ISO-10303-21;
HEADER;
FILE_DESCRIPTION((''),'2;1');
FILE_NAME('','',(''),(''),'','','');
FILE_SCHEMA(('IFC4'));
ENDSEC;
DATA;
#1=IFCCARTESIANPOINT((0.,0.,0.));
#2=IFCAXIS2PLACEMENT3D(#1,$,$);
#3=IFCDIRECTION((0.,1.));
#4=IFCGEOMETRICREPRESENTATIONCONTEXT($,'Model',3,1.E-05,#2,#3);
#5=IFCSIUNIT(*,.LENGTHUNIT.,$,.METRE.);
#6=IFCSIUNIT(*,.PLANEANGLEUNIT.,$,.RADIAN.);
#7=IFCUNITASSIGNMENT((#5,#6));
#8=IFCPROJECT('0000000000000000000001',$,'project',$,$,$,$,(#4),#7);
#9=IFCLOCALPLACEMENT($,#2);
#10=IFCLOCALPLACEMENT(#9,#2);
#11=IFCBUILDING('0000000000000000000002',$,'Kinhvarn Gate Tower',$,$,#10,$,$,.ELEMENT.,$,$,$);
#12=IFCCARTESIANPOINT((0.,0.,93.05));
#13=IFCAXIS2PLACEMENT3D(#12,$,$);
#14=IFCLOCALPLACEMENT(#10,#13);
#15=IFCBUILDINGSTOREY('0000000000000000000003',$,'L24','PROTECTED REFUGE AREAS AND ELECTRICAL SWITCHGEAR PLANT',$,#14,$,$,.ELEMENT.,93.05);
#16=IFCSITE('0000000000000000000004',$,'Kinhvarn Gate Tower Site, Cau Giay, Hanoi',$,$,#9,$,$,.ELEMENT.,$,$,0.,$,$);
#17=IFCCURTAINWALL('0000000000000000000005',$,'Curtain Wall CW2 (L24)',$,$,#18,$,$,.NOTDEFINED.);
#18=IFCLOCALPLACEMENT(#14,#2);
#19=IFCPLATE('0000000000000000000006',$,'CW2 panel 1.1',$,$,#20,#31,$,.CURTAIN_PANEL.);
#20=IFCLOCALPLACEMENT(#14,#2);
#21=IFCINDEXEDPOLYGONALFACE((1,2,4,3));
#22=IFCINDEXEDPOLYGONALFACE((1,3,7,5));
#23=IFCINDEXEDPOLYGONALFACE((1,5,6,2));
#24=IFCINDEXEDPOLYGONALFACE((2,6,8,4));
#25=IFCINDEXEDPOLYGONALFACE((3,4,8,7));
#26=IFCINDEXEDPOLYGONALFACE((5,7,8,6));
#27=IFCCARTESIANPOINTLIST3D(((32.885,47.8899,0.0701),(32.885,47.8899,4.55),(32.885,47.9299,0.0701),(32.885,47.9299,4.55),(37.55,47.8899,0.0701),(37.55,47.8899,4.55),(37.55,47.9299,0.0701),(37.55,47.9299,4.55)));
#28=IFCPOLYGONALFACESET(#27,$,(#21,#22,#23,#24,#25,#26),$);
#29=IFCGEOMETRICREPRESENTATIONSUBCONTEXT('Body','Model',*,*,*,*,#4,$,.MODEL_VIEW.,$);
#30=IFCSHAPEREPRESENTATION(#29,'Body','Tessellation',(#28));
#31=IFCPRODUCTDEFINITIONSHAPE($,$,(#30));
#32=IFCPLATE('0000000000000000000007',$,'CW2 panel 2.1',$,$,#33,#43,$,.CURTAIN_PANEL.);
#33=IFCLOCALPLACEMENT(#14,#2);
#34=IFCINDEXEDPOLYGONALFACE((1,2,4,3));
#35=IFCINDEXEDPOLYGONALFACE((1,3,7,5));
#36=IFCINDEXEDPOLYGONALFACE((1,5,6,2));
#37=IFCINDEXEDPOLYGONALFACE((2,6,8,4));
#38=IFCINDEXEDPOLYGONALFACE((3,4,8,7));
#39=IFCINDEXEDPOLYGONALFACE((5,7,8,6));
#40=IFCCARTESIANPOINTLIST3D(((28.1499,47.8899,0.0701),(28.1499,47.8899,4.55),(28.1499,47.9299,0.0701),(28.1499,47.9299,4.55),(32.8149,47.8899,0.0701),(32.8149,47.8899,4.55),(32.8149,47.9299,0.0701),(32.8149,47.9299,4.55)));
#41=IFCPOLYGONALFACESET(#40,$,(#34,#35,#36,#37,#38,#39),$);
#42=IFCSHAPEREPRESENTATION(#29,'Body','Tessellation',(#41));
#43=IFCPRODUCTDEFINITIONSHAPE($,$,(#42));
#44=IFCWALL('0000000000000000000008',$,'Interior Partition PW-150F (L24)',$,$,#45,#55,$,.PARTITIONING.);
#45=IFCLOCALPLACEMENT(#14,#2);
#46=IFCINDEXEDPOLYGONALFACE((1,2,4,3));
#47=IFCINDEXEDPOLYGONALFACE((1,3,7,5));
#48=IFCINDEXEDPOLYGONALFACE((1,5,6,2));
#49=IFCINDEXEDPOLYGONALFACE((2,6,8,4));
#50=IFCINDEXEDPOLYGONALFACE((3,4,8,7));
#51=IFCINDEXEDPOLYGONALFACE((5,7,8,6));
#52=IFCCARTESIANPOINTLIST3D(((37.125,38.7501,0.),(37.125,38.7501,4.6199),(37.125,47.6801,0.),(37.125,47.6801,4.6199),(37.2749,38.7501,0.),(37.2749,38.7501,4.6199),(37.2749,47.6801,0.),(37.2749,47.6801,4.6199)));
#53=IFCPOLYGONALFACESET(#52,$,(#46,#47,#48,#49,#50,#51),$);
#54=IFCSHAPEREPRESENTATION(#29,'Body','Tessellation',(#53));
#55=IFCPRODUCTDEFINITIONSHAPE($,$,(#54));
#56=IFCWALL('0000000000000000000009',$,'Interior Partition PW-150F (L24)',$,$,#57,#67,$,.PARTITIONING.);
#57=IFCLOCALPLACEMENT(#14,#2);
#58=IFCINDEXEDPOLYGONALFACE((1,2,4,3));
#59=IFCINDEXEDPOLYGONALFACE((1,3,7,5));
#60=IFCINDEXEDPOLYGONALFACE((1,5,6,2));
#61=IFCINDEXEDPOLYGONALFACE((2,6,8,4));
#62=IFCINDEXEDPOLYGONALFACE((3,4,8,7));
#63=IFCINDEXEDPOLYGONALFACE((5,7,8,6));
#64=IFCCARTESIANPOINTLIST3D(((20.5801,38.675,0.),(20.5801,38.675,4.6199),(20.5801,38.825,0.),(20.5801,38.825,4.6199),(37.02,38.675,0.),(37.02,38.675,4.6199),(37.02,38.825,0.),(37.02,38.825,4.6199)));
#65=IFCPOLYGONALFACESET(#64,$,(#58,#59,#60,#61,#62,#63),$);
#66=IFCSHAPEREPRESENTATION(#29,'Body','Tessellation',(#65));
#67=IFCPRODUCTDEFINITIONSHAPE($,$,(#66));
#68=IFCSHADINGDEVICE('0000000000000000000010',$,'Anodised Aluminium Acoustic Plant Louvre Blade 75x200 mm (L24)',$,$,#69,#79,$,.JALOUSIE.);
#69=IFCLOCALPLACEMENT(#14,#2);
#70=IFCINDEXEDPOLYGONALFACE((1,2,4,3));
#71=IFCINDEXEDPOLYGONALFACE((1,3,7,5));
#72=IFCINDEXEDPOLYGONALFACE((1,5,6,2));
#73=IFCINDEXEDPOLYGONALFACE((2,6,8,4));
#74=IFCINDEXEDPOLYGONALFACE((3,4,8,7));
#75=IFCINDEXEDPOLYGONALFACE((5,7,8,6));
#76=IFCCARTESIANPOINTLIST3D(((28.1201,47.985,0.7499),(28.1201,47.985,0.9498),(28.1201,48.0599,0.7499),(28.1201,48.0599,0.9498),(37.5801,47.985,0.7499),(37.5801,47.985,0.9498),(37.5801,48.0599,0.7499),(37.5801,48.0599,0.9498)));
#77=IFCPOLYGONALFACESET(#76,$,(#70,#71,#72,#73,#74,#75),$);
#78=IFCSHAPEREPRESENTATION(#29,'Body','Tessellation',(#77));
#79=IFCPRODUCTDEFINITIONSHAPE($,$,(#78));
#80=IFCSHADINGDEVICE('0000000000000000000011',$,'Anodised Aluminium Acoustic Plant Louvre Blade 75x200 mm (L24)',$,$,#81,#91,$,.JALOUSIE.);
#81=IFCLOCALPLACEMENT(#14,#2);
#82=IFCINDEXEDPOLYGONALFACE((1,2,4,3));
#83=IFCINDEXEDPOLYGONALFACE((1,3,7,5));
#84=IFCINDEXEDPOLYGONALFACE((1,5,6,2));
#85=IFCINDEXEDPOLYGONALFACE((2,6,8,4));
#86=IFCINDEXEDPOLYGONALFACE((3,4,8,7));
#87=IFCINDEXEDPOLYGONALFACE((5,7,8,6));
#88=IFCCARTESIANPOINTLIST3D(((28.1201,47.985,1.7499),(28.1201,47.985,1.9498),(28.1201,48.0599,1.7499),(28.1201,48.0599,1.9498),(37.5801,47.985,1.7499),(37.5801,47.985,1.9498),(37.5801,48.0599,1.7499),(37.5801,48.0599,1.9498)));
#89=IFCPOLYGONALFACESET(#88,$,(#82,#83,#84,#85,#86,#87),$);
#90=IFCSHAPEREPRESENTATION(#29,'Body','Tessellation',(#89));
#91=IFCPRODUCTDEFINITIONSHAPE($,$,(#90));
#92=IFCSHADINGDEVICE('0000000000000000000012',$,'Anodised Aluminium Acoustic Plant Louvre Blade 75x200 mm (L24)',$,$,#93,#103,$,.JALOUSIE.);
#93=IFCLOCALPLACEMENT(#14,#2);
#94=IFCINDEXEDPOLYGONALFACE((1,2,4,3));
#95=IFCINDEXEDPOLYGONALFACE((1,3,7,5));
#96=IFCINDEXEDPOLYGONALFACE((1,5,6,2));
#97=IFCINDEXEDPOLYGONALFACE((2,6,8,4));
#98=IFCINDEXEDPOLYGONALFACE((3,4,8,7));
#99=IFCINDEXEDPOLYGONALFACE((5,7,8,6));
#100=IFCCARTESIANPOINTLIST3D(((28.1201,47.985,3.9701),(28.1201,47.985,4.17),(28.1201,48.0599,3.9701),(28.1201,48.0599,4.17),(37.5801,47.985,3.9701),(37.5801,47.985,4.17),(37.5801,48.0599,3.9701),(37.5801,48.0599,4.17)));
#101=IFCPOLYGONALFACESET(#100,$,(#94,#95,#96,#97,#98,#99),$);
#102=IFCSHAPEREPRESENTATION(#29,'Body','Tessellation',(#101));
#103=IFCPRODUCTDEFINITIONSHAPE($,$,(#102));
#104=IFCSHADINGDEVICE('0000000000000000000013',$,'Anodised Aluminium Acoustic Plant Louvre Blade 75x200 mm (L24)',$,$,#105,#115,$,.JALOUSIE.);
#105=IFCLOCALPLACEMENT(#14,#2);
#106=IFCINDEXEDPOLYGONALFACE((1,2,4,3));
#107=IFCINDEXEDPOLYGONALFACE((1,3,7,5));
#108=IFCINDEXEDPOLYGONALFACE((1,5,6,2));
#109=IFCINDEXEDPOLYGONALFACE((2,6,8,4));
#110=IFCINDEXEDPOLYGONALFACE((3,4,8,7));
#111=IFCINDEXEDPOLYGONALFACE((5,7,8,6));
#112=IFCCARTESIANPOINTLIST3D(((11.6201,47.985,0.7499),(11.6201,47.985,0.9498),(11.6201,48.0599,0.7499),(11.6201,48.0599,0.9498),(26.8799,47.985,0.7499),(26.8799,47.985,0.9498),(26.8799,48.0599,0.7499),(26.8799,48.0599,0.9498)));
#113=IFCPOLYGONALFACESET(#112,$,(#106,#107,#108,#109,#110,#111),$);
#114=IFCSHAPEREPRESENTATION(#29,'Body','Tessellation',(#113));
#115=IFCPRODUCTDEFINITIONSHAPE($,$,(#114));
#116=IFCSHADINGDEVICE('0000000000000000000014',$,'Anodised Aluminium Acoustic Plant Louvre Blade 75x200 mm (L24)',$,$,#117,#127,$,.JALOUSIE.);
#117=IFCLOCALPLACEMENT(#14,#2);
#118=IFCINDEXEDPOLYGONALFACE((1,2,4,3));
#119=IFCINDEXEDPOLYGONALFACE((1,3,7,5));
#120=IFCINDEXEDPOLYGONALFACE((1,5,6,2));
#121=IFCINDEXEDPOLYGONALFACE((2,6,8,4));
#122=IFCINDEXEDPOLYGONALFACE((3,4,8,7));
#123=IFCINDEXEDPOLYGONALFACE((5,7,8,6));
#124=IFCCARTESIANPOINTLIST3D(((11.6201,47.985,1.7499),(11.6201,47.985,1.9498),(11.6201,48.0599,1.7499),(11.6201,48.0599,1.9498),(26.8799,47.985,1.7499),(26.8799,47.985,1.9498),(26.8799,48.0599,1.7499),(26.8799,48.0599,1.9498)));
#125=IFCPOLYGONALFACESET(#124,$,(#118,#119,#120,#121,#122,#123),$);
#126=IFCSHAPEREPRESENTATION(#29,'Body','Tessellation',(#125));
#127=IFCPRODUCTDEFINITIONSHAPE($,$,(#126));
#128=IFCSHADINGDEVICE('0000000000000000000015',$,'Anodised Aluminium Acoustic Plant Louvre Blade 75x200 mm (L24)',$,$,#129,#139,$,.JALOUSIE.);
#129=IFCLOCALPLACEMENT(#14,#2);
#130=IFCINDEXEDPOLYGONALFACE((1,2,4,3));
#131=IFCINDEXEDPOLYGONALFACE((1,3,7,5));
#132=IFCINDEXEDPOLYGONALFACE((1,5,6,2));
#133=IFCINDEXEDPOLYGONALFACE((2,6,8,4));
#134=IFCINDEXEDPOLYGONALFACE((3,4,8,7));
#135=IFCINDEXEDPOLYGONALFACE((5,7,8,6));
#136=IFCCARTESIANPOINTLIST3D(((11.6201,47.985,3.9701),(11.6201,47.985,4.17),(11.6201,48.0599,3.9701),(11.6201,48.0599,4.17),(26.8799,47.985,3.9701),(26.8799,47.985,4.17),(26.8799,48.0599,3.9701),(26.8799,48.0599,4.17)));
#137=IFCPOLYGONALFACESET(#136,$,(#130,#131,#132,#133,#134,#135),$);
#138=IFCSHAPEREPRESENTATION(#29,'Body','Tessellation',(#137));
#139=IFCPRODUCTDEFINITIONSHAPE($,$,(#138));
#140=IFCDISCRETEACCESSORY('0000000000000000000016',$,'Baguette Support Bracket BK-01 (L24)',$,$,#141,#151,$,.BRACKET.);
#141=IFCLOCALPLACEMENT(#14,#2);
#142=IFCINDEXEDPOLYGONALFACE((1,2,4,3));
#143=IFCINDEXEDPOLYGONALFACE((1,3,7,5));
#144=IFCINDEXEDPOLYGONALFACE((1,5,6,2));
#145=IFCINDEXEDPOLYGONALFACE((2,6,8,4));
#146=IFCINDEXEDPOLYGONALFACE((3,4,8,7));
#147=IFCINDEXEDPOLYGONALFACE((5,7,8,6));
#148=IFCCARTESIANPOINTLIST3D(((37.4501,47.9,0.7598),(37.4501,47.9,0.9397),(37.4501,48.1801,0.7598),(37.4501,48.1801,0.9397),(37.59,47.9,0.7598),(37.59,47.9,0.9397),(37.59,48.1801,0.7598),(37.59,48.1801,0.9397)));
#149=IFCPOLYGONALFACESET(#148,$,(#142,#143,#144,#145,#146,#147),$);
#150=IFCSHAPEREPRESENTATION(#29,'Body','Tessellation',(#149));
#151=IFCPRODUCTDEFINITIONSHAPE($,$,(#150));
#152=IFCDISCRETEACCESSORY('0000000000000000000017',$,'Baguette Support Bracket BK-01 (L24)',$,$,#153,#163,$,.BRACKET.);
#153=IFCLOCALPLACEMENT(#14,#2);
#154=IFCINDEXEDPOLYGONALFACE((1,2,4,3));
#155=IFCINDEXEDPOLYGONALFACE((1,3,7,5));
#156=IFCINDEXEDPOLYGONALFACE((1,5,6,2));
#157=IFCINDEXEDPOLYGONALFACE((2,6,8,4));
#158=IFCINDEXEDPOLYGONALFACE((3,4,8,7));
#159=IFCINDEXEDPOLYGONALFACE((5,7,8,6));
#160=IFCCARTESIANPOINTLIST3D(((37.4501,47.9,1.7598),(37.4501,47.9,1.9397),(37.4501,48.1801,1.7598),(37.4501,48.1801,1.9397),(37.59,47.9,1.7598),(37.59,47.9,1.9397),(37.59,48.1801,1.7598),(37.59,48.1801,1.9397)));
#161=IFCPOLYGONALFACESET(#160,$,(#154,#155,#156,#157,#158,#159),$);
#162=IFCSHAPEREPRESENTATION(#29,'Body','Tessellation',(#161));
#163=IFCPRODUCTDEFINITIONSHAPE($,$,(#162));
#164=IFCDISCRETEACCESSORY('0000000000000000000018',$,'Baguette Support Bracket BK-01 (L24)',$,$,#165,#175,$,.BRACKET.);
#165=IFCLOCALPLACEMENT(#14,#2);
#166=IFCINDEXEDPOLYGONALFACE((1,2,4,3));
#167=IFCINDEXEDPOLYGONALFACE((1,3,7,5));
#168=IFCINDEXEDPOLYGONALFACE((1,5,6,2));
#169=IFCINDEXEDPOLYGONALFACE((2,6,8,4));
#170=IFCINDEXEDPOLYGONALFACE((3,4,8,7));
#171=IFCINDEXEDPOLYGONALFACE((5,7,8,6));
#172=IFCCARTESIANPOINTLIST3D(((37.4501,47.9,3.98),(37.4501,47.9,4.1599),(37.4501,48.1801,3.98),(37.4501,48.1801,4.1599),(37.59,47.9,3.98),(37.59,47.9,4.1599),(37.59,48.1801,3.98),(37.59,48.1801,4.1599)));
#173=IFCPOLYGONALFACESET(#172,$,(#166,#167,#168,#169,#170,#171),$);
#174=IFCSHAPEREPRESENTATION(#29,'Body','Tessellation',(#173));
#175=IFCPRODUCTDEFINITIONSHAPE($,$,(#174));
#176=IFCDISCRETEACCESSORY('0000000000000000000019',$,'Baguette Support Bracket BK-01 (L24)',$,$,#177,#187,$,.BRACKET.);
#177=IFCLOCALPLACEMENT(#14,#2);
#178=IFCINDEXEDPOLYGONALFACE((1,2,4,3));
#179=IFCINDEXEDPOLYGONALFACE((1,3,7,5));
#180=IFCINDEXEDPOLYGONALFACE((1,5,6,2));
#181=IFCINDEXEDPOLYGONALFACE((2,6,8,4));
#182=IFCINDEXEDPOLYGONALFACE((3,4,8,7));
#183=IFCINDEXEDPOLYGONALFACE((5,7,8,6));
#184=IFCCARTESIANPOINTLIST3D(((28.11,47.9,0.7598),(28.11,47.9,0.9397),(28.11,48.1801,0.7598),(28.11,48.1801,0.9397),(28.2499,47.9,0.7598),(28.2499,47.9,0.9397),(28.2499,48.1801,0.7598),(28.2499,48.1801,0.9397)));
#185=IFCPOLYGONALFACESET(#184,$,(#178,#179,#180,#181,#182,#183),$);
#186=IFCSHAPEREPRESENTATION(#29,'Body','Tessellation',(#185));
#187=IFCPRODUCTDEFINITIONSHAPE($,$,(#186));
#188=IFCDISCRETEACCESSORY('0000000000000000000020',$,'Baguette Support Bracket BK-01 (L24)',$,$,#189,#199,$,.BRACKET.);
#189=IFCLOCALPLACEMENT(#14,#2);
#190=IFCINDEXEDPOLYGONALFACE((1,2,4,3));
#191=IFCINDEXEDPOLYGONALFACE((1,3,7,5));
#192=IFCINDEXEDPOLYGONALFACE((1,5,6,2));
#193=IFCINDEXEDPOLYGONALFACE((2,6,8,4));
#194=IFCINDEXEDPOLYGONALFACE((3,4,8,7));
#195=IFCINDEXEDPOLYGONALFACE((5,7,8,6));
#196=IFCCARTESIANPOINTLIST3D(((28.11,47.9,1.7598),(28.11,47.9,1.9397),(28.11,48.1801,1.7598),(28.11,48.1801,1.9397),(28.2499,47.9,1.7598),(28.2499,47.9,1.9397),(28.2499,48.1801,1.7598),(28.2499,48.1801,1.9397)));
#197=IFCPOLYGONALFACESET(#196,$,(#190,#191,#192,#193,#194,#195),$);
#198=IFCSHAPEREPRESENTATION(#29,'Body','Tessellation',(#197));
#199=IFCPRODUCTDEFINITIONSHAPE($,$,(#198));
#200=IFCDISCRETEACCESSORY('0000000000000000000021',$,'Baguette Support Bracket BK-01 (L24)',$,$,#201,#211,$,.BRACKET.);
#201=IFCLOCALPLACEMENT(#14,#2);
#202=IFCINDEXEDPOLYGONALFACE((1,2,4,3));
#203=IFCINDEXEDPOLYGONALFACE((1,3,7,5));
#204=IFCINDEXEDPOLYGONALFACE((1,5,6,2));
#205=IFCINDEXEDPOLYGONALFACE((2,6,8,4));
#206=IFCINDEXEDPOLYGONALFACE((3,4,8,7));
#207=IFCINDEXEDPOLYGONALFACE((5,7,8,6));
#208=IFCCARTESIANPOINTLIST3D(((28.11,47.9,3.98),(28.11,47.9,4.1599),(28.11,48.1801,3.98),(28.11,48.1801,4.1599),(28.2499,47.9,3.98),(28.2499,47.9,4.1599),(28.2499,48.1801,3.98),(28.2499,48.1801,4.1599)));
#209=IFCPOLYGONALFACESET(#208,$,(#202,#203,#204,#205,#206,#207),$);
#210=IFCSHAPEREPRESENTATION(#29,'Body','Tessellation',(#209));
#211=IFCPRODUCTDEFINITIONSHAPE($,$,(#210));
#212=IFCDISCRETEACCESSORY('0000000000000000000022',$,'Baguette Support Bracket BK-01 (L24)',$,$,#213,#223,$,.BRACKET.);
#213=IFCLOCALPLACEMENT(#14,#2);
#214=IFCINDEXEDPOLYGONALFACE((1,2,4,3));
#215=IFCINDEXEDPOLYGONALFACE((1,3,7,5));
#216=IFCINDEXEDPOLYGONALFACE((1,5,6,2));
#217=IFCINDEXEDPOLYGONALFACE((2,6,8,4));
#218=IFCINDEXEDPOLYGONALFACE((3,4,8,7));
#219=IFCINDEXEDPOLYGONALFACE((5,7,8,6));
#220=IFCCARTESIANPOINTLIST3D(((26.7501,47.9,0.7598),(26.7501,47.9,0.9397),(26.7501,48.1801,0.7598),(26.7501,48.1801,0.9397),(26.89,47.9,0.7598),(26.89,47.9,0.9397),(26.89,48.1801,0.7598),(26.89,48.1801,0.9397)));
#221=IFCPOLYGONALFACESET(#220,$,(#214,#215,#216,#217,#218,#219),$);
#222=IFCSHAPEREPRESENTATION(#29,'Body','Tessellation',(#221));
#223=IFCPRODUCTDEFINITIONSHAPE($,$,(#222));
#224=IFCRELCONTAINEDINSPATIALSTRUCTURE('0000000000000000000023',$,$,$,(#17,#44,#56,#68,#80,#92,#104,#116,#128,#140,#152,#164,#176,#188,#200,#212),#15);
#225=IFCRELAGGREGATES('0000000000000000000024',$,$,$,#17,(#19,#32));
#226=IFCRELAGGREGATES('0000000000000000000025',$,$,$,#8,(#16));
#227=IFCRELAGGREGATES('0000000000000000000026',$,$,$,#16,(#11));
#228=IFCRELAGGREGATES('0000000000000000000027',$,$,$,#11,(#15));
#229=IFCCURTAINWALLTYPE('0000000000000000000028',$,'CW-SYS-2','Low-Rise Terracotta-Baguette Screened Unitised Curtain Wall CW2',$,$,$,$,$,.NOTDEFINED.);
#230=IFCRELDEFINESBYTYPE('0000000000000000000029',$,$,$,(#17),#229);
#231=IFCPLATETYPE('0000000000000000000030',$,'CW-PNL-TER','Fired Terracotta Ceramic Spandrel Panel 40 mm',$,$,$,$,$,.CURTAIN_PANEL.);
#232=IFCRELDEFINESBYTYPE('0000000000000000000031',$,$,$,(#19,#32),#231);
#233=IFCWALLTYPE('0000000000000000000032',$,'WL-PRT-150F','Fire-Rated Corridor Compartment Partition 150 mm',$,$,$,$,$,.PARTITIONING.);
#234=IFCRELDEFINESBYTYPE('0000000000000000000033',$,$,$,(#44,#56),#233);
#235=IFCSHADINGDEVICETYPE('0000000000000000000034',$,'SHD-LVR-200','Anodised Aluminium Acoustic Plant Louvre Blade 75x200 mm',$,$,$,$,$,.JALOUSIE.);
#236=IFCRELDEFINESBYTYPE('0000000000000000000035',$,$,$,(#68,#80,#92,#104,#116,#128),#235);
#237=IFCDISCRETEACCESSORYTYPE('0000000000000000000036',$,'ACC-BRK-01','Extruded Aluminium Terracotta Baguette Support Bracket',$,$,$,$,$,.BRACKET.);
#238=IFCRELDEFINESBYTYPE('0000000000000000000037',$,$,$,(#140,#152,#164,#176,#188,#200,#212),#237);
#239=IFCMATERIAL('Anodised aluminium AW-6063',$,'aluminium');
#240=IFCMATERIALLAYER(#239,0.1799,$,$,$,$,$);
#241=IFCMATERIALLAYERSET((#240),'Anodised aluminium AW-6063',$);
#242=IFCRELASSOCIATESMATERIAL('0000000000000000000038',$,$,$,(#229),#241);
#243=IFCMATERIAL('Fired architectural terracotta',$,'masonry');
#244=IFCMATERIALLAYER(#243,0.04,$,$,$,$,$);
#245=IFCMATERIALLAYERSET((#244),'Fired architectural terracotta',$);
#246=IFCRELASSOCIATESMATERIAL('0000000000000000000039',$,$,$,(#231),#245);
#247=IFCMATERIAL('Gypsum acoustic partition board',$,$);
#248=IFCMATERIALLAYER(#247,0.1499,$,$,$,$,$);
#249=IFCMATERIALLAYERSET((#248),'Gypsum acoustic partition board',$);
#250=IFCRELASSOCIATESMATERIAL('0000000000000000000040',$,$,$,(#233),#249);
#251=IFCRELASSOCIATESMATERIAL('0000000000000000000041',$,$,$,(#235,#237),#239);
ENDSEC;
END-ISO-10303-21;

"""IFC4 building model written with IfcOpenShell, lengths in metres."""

from ifc_helpers import new_model, si_unit, direction, frame, frame_2d, origin, origin_2d, place, context, subcontext, project, spatial, rectangle, extrude, material, layer, layer_set, material_profile, profile_set, type_object, element, aggregate, save


model = new_model("IFC4")

# Units and contexts
model_context = context("Model", 3, precision=1e-05, world=origin(), true_north=direction((0.0, 1.0)))
body_context = subcontext(model_context, "Body", "Model", "MODEL_VIEW")
ifc_project = project(units=[si_unit("LENGTHUNIT", "METRE"), si_unit("PLANEANGLEUNIT", "RADIAN")], contexts=[model_context])

# Site, building, storey
site_placement = place(None, origin())
site = spatial("IfcSite", under=ifc_project, at=site_placement, Name="Kinhvarn Gate Tower Site, Cau Giay, Hanoi", CompositionType="ELEMENT", RefElevation=0.0)
building_placement = place(site_placement, origin())
building = spatial("IfcBuilding", under=site, at=building_placement, Name="Kinhvarn Gate Tower", CompositionType="ELEMENT")
storey_placement = place(building_placement, frame((0.0, 0.0, 93.05)))
storey = spatial("IfcBuildingStorey", under=building, at=storey_placement, Name="L24", Description="PROTECTED REFUGE AREAS AND ELECTRICAL SWITCHGEAR PLANT", CompositionType="ELEMENT", Elevation=93.05)

# Curtain wall
ifc_material_1 = material(Name="Anodised aluminium AW-6063", Category="aluminium")
ifc_layer_1 = layer(ifc_material_1, 0.1799)
ifc_layer_set_1 = layer_set([ifc_layer_1], Name="Anodised aluminium AW-6063")
curtain_wall_type = type_object("IfcCurtainWallType", Name="CW-SYS-2", Description="Low-Rise Terracotta-Baguette Screened Unitised Curtain Wall CW2", PredefinedType="NOTDEFINED", material=ifc_layer_set_1)
curtain_wall_1_placement = place(storey_placement, origin())
curtain_wall_1 = element("IfcCurtainWall", 1, at=curtain_wall_1_placement, inside=storey, type_object=curtain_wall_type, Name="Curtain Wall CW2 (L24)", PredefinedType="NOTDEFINED")

# Plates
ifc_material_2 = material(Name="Fired architectural terracotta", Category="masonry")
ifc_layer_2 = layer(ifc_material_2, 0.04)
ifc_layer_set_2 = layer_set([ifc_layer_2], Name="Fired architectural terracotta")
plate_type = type_object("IfcPlateType", Name="CW-PNL-TER", Description="Fired Terracotta Ceramic Spandrel Panel 40 mm", PredefinedType="CURTAIN_PANEL", material=ifc_layer_set_2)
plate_1_placement = place(storey_placement, frame((35.2175, 47.9099, 0.0701), z_axis=(0.0, 0.0, 1.0), x_axis=(-1.0, 0.0, 0.0)))
plate_1 = element("IfcPlate", 2, at=plate_1_placement, type_object=plate_type, Name="CW2 panel 1.1", PredefinedType="CURTAIN_PANEL", context=body_context, shape_type="SweptSolid", body=[
    extrude(rectangle(XDim=4.665, YDim=0.04, at=origin_2d()), origin(), (0.0, 0.0, 1.0), 4.48),
])
plate_2_placement = place(storey_placement, frame((30.4824, 47.9099, 0.0701), z_axis=(0.0, 0.0, 1.0), x_axis=(-1.0, 0.0, 0.0)))
plate_2 = element("IfcPlate", 3, at=plate_2_placement, type_object=plate_type, Name="CW2 panel 2.1", PredefinedType="CURTAIN_PANEL", context=body_context, shape_type="SweptSolid", body=[
    extrude(rectangle(XDim=4.665, YDim=0.04, at=origin_2d()), origin(), (0.0, 0.0, 1.0), 4.48),
])
aggregate(curtain_wall_1, [plate_1, plate_2])

# Walls
ifc_material_3 = material(Name="Gypsum acoustic partition board")
ifc_layer_3 = layer(ifc_material_3, 0.1499)
ifc_layer_set_3 = layer_set([ifc_layer_3], Name="Gypsum acoustic partition board")
wall_type = type_object("IfcWallType", Name="WL-PRT-150F", Description="Fire-Rated Corridor Compartment Partition 150 mm", PredefinedType="PARTITIONING", material=ifc_layer_set_3)
wall_1_placement = place(storey_placement, frame((37.2, 47.6799, 0.0), z_axis=(0.0, 0.0, 1.0), x_axis=(0.0, -1.0, 0.0)))
element("IfcWall", 4, at=wall_1_placement, inside=storey, type_object=wall_type, Name="Interior Partition PW-150F (L24)", PredefinedType="PARTITIONING", context=body_context, shape_type="SweptSolid", body=[
    extrude(rectangle(XDim=8.9299, YDim=0.1499, at=frame_2d((4.4648, 0.0))), origin(), (0.0, 0.0, 1.0), 4.6199),
])
wall_2_placement = place(storey_placement, frame((37.02, 38.75, 0.0), z_axis=(0.0, 0.0, 1.0), x_axis=(-1.0, 0.0, 0.0)))
element("IfcWall", 5, at=wall_2_placement, inside=storey, type_object=wall_type, Name="Interior Partition PW-150F (L24)", PredefinedType="PARTITIONING", context=body_context, shape_type="SweptSolid", body=[
    extrude(rectangle(XDim=16.4399, YDim=0.1499, at=frame_2d((8.22, 0.0))), origin(), (0.0, 0.0, 1.0), 4.6199),
])

# Shading devices
ifc_material_profile_1 = material_profile(ifc_material_1, rectangle(XDim=0.075, YDim=0.2, at=origin_2d()), Name="LOUVRE 75x200")
ifc_profile_set_1 = profile_set([ifc_material_profile_1], Name="Anodised aluminium AW-6063")
shading_device_type = type_object("IfcShadingDeviceType", Name="SHD-LVR-200", Description="Anodised Aluminium Acoustic Plant Louvre Blade 75x200 mm", PredefinedType="JALOUSIE", material=ifc_profile_set_1)
for number, where, z_axis, x_axis, name in (
    (6, (37.5801, 48.0225, 0.8499), (-1.0, 0.0, 0.0), (0.0, -1.0, 0.0), "Anodised Aluminium Acoustic Plant Louvre Blade 75x200 mm (L24)"),
    (7, (37.5801, 48.0225, 1.8499), (-1.0, 0.0, 0.0), (0.0, -1.0, 0.0), "Anodised Aluminium Acoustic Plant Louvre Blade 75x200 mm (L24)"),
    (8, (37.5801, 48.0225, 4.0701), (-1.0, 0.0, 0.0), (0.0, -1.0, 0.0), "Anodised Aluminium Acoustic Plant Louvre Blade 75x200 mm (L24)"),
):
    element("IfcShadingDevice", number, at=place(storey_placement, frame(where, z_axis=z_axis, x_axis=x_axis)), inside=storey, type_object=shading_device_type, Name=name, PredefinedType="JALOUSIE", context=body_context, shape_type="SweptSolid", body=[
        extrude(rectangle(XDim=0.075, YDim=0.2, at=origin_2d()), origin(), (0.0, 0.0, 1.0), 9.46),
    ])
for number, where, z_axis, x_axis, name in (
    (9, (26.8799, 48.0225, 0.8499), (-1.0, 0.0, 0.0), (0.0, -1.0, 0.0), "Anodised Aluminium Acoustic Plant Louvre Blade 75x200 mm (L24)"),
    (10, (26.8799, 48.0225, 1.8499), (-1.0, 0.0, 0.0), (0.0, -1.0, 0.0), "Anodised Aluminium Acoustic Plant Louvre Blade 75x200 mm (L24)"),
    (11, (26.8799, 48.0225, 4.0701), (-1.0, 0.0, 0.0), (0.0, -1.0, 0.0), "Anodised Aluminium Acoustic Plant Louvre Blade 75x200 mm (L24)"),
):
    element("IfcShadingDevice", number, at=place(storey_placement, frame(where, z_axis=z_axis, x_axis=x_axis)), inside=storey, type_object=shading_device_type, Name=name, PredefinedType="JALOUSIE", context=body_context, shape_type="SweptSolid", body=[
        extrude(rectangle(XDim=0.075, YDim=0.2, at=origin_2d()), origin(), (0.0, 0.0, 1.0), 15.2598),
    ])

# Discrete accessories
discrete_accessory_type = type_object("IfcDiscreteAccessoryType", Name="ACC-BRK-01", Description="Extruded Aluminium Terracotta Baguette Support Bracket", PredefinedType="BRACKET", material=ifc_material_1)
for number, where, z_axis, x_axis, name in (
    (12, (37.52, 48.04, 0.7598), (0.0, 0.0, 1.0), (-1.0, 0.0, 0.0), "Baguette Support Bracket BK-01 (L24)"),
    (13, (37.52, 48.04, 1.7598), (0.0, 0.0, 1.0), (-1.0, 0.0, 0.0), "Baguette Support Bracket BK-01 (L24)"),
    (14, (37.52, 48.04, 3.98), (0.0, 0.0, 1.0), (-1.0, 0.0, 0.0), "Baguette Support Bracket BK-01 (L24)"),
    (15, (28.1799, 48.04, 0.7598), (0.0, 0.0, 1.0), (-1.0, 0.0, 0.0), "Baguette Support Bracket BK-01 (L24)"),
    (16, (28.1799, 48.04, 1.7598), (0.0, 0.0, 1.0), (-1.0, 0.0, 0.0), "Baguette Support Bracket BK-01 (L24)"),
    (17, (28.1799, 48.04, 3.98), (0.0, 0.0, 1.0), (-1.0, 0.0, 0.0), "Baguette Support Bracket BK-01 (L24)"),
    (18, (26.8201, 48.04, 0.7598), (0.0, 0.0, 1.0), (-1.0, 0.0, 0.0), "Baguette Support Bracket BK-01 (L24)"),
):
    element("IfcDiscreteAccessory", number, at=place(storey_placement, frame(where, z_axis=z_axis, x_axis=x_axis)), inside=storey, type_object=discrete_accessory_type, Name=name, PredefinedType="BRACKET", context=body_context, shape_type="SweptSolid", body=[
        extrude(rectangle(XDim=0.1399, YDim=0.28, at=origin_2d()), origin(), (0.0, 0.0, 1.0), 0.1799),
    ])

save(model, "model.ifc")
